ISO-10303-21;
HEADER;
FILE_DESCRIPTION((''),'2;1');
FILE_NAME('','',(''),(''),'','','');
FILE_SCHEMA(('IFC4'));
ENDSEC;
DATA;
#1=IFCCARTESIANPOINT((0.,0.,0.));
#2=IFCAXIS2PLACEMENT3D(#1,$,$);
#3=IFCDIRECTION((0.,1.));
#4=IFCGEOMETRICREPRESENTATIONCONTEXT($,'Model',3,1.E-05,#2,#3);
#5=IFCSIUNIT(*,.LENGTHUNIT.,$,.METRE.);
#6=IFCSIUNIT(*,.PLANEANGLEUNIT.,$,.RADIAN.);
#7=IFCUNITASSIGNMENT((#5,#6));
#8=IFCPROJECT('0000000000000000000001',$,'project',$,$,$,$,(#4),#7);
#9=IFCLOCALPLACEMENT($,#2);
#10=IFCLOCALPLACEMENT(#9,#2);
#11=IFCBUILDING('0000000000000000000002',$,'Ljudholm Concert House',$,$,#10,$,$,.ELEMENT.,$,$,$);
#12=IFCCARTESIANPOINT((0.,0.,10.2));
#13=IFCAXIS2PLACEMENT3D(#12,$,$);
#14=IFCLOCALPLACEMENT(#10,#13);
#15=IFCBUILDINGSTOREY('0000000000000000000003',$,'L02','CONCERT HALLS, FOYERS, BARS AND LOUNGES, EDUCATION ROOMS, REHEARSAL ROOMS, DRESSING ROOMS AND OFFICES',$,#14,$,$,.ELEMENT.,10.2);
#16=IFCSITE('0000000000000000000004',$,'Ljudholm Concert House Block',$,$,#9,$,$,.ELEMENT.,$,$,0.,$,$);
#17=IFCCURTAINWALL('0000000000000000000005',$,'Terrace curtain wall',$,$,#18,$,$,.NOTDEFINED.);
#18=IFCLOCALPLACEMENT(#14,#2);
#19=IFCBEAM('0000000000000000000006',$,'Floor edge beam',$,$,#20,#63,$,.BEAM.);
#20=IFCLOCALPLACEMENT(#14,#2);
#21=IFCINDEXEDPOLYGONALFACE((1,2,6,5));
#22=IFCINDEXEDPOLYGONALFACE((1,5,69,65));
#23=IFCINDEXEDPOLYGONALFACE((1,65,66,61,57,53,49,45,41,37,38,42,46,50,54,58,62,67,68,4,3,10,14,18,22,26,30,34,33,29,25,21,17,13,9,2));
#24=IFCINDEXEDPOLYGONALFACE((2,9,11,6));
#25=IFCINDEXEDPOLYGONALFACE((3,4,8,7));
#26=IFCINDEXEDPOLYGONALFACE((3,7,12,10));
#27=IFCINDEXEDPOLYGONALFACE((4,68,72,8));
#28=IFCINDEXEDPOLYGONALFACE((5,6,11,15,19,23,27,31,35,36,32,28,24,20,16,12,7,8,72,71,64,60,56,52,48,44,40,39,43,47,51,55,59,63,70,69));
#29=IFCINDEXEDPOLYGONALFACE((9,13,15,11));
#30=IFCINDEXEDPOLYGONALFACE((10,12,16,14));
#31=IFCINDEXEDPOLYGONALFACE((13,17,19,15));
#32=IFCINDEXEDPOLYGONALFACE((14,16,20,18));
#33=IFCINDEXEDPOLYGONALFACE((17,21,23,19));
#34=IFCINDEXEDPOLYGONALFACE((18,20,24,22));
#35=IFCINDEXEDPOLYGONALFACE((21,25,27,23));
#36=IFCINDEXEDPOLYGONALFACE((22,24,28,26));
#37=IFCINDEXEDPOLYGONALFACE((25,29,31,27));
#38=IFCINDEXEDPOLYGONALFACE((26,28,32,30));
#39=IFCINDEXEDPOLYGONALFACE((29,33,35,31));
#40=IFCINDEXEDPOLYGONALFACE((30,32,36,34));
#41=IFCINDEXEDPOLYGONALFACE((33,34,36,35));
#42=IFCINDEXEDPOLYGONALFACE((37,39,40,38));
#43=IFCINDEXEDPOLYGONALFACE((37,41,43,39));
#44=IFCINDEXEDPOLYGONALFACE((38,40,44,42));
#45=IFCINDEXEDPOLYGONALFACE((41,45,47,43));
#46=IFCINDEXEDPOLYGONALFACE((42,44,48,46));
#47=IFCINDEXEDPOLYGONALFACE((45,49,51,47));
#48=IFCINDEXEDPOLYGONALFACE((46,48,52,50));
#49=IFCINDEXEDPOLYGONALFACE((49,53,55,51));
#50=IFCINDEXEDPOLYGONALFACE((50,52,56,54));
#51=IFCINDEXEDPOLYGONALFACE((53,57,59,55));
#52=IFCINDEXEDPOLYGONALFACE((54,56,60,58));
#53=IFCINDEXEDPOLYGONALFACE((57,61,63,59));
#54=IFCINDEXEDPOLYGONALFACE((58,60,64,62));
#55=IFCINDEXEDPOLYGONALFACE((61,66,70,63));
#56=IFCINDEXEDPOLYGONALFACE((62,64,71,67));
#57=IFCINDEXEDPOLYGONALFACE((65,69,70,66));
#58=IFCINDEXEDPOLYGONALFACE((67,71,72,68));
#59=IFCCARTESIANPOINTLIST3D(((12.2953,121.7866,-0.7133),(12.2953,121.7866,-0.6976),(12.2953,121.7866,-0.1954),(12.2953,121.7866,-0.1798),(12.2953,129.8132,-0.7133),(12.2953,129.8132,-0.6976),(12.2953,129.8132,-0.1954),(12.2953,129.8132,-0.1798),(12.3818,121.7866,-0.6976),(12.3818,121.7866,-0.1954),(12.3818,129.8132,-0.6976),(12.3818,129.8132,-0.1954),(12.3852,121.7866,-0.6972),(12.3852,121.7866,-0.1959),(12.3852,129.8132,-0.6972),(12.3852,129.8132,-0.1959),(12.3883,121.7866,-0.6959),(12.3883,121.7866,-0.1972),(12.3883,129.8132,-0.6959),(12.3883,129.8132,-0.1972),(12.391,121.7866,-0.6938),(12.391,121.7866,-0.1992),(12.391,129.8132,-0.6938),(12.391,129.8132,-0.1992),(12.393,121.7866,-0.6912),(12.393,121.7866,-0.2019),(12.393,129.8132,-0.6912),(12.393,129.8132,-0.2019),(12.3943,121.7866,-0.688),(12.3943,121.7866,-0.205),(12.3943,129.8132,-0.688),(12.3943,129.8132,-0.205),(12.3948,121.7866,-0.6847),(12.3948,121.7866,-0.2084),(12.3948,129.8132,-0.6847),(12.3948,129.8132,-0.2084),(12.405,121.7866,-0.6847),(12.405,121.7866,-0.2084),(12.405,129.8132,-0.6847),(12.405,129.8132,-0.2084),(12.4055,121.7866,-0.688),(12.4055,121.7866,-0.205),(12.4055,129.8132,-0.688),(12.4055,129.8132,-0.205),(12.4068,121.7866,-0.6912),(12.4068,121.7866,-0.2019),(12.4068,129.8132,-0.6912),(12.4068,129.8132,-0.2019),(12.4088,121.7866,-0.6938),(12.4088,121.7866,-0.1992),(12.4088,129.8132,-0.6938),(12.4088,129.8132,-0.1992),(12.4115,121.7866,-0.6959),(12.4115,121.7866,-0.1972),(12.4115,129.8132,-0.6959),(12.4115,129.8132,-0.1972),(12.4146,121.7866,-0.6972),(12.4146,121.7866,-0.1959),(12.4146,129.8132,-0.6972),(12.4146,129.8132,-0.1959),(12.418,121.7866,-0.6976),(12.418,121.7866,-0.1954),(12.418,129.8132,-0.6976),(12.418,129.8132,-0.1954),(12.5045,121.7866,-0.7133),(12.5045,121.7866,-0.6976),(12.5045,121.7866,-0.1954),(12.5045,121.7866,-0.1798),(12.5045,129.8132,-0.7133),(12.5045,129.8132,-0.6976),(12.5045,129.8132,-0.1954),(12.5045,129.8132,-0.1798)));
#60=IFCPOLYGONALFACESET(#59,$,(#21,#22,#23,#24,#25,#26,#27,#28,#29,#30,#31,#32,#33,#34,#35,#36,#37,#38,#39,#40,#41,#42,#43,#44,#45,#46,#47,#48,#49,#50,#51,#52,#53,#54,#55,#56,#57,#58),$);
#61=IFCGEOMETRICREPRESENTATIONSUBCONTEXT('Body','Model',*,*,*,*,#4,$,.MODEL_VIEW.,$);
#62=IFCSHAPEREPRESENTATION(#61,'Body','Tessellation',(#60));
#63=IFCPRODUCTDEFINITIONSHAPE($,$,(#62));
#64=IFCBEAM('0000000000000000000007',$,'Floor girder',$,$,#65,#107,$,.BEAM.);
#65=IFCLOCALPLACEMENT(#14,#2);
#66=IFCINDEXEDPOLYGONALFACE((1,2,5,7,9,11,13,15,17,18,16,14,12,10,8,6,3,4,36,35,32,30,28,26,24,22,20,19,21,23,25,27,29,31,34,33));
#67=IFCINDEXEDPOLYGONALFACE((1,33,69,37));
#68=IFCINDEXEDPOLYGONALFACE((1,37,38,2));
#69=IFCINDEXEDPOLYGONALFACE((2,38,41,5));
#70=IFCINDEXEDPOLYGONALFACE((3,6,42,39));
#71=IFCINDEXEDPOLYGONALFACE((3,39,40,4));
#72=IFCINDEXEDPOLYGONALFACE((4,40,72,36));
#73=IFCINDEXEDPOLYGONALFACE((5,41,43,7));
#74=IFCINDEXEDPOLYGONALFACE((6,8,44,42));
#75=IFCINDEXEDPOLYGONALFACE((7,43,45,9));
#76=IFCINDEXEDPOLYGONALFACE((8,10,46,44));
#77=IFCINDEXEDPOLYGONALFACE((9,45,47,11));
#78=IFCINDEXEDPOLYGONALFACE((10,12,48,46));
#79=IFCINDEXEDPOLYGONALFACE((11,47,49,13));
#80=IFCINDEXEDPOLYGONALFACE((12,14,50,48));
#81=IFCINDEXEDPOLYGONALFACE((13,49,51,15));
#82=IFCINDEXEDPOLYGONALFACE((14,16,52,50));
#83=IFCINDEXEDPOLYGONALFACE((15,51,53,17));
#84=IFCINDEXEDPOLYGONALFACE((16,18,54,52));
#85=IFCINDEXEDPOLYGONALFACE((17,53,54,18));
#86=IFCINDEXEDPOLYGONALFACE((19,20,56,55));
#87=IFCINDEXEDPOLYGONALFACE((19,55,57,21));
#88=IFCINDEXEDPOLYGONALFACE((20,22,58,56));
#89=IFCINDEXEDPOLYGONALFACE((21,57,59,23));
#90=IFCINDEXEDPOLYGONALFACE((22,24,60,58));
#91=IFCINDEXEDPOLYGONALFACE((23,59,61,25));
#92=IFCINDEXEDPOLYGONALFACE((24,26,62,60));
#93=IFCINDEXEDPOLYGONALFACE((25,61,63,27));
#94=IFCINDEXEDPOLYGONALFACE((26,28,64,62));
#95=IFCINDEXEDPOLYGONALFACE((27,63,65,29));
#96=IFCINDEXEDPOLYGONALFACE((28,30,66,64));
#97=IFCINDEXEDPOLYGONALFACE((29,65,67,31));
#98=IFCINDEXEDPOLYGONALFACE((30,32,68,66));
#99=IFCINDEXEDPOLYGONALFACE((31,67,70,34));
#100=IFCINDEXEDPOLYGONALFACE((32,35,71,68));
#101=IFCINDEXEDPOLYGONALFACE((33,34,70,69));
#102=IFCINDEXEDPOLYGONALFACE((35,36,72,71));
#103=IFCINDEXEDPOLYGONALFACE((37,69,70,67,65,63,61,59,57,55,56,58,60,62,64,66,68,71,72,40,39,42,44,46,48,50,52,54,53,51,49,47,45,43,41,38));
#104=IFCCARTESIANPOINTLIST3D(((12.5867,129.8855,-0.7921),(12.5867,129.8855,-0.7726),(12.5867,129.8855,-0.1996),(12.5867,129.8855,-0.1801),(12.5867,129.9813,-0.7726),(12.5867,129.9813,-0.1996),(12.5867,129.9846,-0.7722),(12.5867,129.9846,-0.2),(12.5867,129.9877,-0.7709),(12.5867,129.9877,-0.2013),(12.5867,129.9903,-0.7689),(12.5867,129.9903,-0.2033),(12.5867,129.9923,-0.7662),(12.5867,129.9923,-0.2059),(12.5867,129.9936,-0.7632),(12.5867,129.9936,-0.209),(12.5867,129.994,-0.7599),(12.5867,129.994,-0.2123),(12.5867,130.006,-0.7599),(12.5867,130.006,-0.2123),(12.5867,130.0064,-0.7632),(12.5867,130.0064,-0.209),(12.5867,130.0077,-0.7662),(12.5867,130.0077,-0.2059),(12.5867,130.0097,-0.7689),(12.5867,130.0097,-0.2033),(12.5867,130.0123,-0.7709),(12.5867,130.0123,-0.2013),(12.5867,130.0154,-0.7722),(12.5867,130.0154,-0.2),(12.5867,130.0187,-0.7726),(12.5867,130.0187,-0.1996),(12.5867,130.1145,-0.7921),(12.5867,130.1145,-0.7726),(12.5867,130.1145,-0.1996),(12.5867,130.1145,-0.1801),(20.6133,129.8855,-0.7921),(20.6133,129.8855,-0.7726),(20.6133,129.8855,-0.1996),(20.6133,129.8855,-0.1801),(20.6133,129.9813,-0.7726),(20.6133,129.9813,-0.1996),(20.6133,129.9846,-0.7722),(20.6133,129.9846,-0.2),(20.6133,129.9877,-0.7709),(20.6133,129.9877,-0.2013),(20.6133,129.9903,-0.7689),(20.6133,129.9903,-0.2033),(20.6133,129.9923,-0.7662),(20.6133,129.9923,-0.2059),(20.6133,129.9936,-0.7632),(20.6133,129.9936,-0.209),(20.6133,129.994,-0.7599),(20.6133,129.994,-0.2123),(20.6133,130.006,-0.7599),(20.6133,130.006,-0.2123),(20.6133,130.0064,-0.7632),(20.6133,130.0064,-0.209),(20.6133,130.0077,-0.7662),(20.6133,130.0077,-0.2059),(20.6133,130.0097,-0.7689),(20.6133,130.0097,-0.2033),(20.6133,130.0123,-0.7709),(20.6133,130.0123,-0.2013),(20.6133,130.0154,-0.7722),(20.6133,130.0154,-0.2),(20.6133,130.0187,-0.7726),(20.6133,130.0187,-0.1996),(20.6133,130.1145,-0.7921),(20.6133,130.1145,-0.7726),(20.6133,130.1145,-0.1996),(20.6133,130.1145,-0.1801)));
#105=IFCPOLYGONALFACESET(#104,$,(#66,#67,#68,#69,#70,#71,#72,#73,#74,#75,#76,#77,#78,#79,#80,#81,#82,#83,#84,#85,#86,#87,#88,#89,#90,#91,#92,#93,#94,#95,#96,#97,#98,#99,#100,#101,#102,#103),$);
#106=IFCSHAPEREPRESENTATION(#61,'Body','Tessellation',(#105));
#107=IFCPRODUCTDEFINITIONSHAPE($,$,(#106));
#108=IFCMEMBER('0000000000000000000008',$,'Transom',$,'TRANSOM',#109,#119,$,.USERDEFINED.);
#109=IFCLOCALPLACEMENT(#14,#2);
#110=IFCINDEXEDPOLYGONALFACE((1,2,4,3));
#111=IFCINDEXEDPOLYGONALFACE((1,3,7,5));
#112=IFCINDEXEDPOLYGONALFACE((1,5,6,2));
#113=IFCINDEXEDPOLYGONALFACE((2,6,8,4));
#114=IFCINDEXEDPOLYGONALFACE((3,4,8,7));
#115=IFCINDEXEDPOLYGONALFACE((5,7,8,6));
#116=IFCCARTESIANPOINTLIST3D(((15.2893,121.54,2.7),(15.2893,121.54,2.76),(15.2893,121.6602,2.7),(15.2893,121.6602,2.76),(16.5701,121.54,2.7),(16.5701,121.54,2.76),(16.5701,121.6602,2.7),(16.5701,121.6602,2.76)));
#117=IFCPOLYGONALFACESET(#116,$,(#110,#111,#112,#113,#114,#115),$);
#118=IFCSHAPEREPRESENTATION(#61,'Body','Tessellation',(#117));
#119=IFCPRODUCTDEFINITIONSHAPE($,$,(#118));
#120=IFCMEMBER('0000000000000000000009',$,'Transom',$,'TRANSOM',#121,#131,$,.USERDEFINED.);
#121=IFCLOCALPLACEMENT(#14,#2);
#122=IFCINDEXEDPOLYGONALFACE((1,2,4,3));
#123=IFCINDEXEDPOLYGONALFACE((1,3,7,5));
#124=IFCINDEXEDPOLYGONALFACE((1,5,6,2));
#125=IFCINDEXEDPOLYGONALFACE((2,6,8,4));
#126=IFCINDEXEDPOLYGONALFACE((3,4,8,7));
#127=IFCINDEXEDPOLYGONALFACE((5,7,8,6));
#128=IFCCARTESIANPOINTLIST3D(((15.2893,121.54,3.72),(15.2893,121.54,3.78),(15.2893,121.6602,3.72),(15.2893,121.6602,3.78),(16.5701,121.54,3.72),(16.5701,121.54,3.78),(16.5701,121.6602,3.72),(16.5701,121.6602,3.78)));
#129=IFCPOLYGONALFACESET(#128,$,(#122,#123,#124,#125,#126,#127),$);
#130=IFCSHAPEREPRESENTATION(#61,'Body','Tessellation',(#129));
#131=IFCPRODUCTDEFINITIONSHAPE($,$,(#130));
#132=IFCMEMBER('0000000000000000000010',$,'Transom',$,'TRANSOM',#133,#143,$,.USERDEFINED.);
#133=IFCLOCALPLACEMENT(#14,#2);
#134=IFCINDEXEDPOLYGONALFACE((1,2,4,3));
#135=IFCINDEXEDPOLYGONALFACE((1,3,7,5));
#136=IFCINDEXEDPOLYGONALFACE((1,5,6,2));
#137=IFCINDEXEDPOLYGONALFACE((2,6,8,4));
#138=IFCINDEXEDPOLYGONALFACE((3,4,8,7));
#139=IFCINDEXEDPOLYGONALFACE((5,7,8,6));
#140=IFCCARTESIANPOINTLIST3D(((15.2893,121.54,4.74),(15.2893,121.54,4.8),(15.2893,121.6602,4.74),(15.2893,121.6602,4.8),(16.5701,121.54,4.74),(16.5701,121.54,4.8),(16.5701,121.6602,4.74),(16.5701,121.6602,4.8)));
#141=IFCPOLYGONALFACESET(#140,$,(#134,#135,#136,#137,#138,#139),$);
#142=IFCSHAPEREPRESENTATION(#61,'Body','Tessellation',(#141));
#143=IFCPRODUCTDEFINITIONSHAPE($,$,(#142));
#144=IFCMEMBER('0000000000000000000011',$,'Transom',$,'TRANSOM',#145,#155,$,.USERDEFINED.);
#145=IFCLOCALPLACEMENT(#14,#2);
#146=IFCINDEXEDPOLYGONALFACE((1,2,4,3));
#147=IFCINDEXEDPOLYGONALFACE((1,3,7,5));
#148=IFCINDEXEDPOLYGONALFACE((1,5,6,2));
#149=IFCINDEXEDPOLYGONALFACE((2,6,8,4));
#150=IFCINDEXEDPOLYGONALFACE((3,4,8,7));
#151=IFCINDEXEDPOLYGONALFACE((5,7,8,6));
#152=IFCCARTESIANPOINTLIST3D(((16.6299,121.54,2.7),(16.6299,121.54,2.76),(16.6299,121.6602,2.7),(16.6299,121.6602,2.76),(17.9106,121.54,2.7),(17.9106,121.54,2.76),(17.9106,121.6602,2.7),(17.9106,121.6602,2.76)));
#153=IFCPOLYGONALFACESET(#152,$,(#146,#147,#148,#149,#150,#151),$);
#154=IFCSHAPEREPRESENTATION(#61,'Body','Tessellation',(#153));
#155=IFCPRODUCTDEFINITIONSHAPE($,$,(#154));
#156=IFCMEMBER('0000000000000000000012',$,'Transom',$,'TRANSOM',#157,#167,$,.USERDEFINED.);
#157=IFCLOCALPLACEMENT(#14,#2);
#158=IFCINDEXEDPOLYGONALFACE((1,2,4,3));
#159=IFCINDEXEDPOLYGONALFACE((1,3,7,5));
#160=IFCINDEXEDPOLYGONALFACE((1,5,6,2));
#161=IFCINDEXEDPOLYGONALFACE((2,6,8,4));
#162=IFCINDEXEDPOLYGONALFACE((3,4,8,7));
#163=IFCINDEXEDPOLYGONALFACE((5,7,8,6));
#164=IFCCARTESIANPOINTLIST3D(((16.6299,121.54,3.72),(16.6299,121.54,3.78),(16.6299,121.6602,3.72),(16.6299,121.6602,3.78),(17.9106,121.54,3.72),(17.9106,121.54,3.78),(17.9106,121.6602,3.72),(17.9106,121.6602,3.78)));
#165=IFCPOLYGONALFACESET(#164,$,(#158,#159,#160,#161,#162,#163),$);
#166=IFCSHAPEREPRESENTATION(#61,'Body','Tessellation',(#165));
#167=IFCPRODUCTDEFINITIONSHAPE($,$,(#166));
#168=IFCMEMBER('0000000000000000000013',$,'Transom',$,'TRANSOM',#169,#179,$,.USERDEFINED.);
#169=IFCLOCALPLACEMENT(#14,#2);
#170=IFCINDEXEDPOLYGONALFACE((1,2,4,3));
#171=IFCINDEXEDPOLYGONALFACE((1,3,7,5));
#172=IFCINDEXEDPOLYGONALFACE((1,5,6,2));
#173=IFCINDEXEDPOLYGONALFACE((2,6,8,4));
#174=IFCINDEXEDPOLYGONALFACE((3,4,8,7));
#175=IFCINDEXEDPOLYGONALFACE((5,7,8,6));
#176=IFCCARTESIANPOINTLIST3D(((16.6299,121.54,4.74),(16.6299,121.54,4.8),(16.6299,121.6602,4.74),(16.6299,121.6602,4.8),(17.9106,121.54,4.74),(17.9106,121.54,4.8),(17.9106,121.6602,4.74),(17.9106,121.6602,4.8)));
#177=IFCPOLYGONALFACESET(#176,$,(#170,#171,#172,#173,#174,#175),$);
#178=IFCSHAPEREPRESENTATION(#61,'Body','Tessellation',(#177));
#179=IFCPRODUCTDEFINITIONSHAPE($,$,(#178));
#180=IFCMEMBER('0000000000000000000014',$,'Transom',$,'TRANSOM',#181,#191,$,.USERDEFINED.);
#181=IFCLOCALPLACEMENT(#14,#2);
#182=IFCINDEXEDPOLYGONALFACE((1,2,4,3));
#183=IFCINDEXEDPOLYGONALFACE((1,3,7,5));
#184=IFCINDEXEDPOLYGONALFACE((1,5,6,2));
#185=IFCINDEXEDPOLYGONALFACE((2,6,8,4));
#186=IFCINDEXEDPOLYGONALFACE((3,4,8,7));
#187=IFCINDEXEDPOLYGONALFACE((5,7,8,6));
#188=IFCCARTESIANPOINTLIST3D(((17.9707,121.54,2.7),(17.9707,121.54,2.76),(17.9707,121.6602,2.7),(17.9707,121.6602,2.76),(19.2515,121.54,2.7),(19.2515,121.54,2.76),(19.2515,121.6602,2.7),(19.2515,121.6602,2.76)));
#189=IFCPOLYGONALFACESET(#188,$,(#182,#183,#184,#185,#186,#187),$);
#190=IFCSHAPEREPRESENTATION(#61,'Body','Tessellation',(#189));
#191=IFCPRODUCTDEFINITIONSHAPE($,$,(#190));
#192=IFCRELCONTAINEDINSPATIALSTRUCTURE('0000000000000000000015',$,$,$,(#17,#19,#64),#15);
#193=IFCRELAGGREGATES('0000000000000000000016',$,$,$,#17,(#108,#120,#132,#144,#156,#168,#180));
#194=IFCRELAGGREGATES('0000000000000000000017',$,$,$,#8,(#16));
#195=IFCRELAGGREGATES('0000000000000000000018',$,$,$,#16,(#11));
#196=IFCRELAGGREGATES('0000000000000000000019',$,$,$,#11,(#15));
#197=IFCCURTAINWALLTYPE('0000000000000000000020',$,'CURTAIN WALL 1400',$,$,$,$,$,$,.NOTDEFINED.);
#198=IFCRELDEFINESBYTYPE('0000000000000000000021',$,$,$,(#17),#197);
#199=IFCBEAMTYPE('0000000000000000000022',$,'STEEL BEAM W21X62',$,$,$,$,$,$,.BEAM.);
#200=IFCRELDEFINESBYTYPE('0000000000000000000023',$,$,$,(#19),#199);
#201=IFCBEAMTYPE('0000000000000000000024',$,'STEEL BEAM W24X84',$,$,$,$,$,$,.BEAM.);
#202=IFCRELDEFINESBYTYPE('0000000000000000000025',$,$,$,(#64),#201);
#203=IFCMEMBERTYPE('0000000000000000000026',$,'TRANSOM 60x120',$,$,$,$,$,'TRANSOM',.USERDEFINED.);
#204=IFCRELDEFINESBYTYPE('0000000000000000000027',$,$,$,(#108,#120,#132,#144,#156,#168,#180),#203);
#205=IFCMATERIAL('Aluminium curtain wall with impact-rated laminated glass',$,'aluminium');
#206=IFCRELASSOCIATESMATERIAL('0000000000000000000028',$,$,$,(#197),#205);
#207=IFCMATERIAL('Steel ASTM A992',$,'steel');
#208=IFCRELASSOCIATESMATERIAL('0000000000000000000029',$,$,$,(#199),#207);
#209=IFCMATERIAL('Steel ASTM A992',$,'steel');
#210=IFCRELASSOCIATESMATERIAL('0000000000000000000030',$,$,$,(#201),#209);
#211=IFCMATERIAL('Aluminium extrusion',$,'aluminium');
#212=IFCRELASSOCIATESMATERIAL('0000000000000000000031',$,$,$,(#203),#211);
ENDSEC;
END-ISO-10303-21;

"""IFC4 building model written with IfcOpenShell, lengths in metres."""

from ifc_helpers import new_model, si_unit, direction, frame, origin, origin_2d, place, context, subcontext, project, spatial, rectangle, i_section, extrude, material, material_profile, profile_set, type_object, element, aggregate, save


model = new_model("IFC4")

# Units and contexts
model_context = context("Model", 3, precision=1e-05, world=origin(), true_north=direction((0.0, 1.0)))
body_context = subcontext(model_context, "Body", "Model", "MODEL_VIEW")
ifc_project = project(units=[si_unit("LENGTHUNIT", "METRE"), si_unit("PLANEANGLEUNIT", "RADIAN")], contexts=[model_context])

# Site, building, storey
site_placement = place(None, origin())
site = spatial("IfcSite", under=ifc_project, at=site_placement, Name="Ljudholm Concert House Block", CompositionType="ELEMENT", RefElevation=0.0)
building_placement = place(site_placement, origin())
building = spatial("IfcBuilding", under=site, at=building_placement, Name="Ljudholm Concert House", CompositionType="ELEMENT")
storey_placement = place(building_placement, frame((0.0, 0.0, 10.2)))
storey = spatial("IfcBuildingStorey", under=building, at=storey_placement, Name="L02", Description="CONCERT HALLS, FOYERS, BARS AND LOUNGES, EDUCATION ROOMS, REHEARSAL ROOMS, DRESSING ROOMS AND OFFICES", CompositionType="ELEMENT", Elevation=10.2)

# Curtain wall
ifc_material_1 = material(Name="Aluminium curtain wall with impact-rated laminated glass", Category="aluminium")
curtain_wall_type = type_object("IfcCurtainWallType", Name="CURTAIN WALL 1400", PredefinedType="NOTDEFINED", material=ifc_material_1)
curtain_wall_placement = place(storey_placement, origin())
curtain_wall = element("IfcCurtainWall", 1, at=curtain_wall_placement, inside=storey, type_object=curtain_wall_type, Name="Terrace curtain wall", PredefinedType="NOTDEFINED")

# Beams
ifc_material_2 = material(Name="Steel ASTM A992", Category="steel")
ifc_material_profile_1 = material_profile(ifc_material_2, i_section(OverallWidth=0.2092, OverallDepth=0.5334, WebThickness=0.0103, FlangeThickness=0.0156, FilletRadius=0.0129, at=origin_2d()), Name="W21X62")
ifc_profile_set_1 = profile_set([ifc_material_profile_1], Name="Steel ASTM A992")
beam_type_1 = type_object("IfcBeamType", Name="STEEL BEAM W21X62", PredefinedType="BEAM", material=ifc_profile_set_1)
beam_1_placement = place(storey_placement, frame((12.3999, 121.7866, -0.4465), z_axis=(0.0, 1.0, 0.0), x_axis=(-1.0, 0.0, 0.0)))
element("IfcBeam", 2, at=beam_1_placement, inside=storey, type_object=beam_type_1, Name="Floor edge beam", PredefinedType="BEAM", context=body_context, shape_type="SweptSolid", body=[
    extrude(i_section(OverallWidth=0.2092, OverallDepth=0.5334, WebThickness=0.0103, FlangeThickness=0.0156, FilletRadius=0.0129, at=origin_2d()), origin(), (0.0, 0.0, 1.0), 8.0266),
])
ifc_material_3 = material(Name="Steel ASTM A992", Category="steel")
ifc_material_profile_2 = material_profile(ifc_material_3, i_section(OverallWidth=0.229, OverallDepth=0.6121, WebThickness=0.012, FlangeThickness=0.0195, FilletRadius=0.0127, at=origin_2d()), Name="W24X84")
ifc_profile_set_2 = profile_set([ifc_material_profile_2], Name="Steel ASTM A992")
beam_type_2 = type_object("IfcBeamType", Name="STEEL BEAM W24X84", PredefinedType="BEAM", material=ifc_profile_set_2)
beam_2_placement = place(storey_placement, frame((12.5867, 130.0, -0.4861), z_axis=(1.0, 0.0, 0.0), x_axis=(0.0, 1.0, 0.0)))
element("IfcBeam", 3, at=beam_2_placement, inside=storey, type_object=beam_type_2, Name="Floor girder", PredefinedType="BEAM", context=body_context, shape_type="SweptSolid", body=[
    extrude(i_section(OverallWidth=0.229, OverallDepth=0.6121, WebThickness=0.012, FlangeThickness=0.0195, FilletRadius=0.0127, at=origin_2d()), origin(), (0.0, 0.0, 1.0), 8.0266),
])

# Members
ifc_material_4 = material(Name="Aluminium extrusion", Category="aluminium")
ifc_material_profile_3 = material_profile(ifc_material_4, rectangle(XDim=0.1201, YDim=0.0601, at=origin_2d()), Name="TRANSOM 60x120")
ifc_profile_set_3 = profile_set([ifc_material_profile_3], Name="Aluminium extrusion")
member_type_1 = type_object("IfcMemberType", Name="TRANSOM 60x120", ElementType="TRANSOM", PredefinedType="USERDEFINED", material=ifc_profile_set_3)
member_1_placement = place(storey_placement, frame((15.2893, 121.6001, 2.73), z_axis=(1.0, 0.0, 0.0), x_axis=(0.0, 1.0, 0.0)))
member_1 = element("IfcMember", 4, at=member_1_placement, type_object=member_type_1, Name="Transom", ObjectType="TRANSOM", PredefinedType="USERDEFINED", context=body_context, shape_type="SweptSolid", body=[
    extrude(rectangle(XDim=0.1201, YDim=0.0601, at=origin_2d()), origin(), (0.0, 0.0, 1.0), 1.2808),
])
member_2_placement = place(storey_placement, frame((15.2893, 121.6001, 3.75), z_axis=(1.0, 0.0, 0.0), x_axis=(0.0, 1.0, 0.0)))
member_2 = element("IfcMember", 5, at=member_2_placement, type_object=member_type_1, Name="Transom", ObjectType="TRANSOM", PredefinedType="USERDEFINED", context=body_context, shape_type="SweptSolid", body=[
    extrude(rectangle(XDim=0.1201, YDim=0.0601, at=origin_2d()), origin(), (0.0, 0.0, 1.0), 1.2808),
])
member_3_placement = place(storey_placement, frame((15.2893, 121.6001, 4.77), z_axis=(1.0, 0.0, 0.0), x_axis=(0.0, 1.0, 0.0)))
member_3 = element("IfcMember", 6, at=member_3_placement, type_object=member_type_1, Name="Transom", ObjectType="TRANSOM", PredefinedType="USERDEFINED", context=body_context, shape_type="SweptSolid", body=[
    extrude(rectangle(XDim=0.1201, YDim=0.0601, at=origin_2d()), origin(), (0.0, 0.0, 1.0), 1.2808),
])
member_4_placement = place(storey_placement, frame((16.6299, 121.6001, 2.73), z_axis=(1.0, 0.0, 0.0), x_axis=(0.0, 1.0, 0.0)))
member_4 = element("IfcMember", 7, at=member_4_placement, type_object=member_type_1, Name="Transom", ObjectType="TRANSOM", PredefinedType="USERDEFINED", context=body_context, shape_type="SweptSolid", body=[
    extrude(rectangle(XDim=0.1201, YDim=0.0601, at=origin_2d()), origin(), (0.0, 0.0, 1.0), 1.2808),
])
member_5_placement = place(storey_placement, frame((16.6299, 121.6001, 3.75), z_axis=(1.0, 0.0, 0.0), x_axis=(0.0, 1.0, 0.0)))
member_5 = element("IfcMember", 8, at=member_5_placement, type_object=member_type_1, Name="Transom", ObjectType="TRANSOM", PredefinedType="USERDEFINED", context=body_context, shape_type="SweptSolid", body=[
    extrude(rectangle(XDim=0.1201, YDim=0.0601, at=origin_2d()), origin(), (0.0, 0.0, 1.0), 1.2808),
])
member_6_placement = place(storey_placement, frame((16.6299, 121.6001, 4.77), z_axis=(1.0, 0.0, 0.0), x_axis=(0.0, 1.0, 0.0)))
member_6 = element("IfcMember", 9, at=member_6_placement, type_object=member_type_1, Name="Transom", ObjectType="TRANSOM", PredefinedType="USERDEFINED", context=body_context, shape_type="SweptSolid", body=[
    extrude(rectangle(XDim=0.1201, YDim=0.0601, at=origin_2d()), origin(), (0.0, 0.0, 1.0), 1.2808),
])
member_7_placement = place(storey_placement, frame((17.9707, 121.6001, 2.73), z_axis=(1.0, 0.0, 0.0), x_axis=(0.0, 1.0, 0.0)))
member_7 = element("IfcMember", 10, at=member_7_placement, type_object=member_type_1, Name="Transom", ObjectType="TRANSOM", PredefinedType="USERDEFINED", context=body_context, shape_type="SweptSolid", body=[
    extrude(rectangle(XDim=0.1201, YDim=0.0601, at=origin_2d()), origin(), (0.0, 0.0, 1.0), 1.2808),
])

aggregate(curtain_wall, [member_1, member_2, member_3, member_4, member_5, member_6, member_7])

save(model, "model.ifc")
